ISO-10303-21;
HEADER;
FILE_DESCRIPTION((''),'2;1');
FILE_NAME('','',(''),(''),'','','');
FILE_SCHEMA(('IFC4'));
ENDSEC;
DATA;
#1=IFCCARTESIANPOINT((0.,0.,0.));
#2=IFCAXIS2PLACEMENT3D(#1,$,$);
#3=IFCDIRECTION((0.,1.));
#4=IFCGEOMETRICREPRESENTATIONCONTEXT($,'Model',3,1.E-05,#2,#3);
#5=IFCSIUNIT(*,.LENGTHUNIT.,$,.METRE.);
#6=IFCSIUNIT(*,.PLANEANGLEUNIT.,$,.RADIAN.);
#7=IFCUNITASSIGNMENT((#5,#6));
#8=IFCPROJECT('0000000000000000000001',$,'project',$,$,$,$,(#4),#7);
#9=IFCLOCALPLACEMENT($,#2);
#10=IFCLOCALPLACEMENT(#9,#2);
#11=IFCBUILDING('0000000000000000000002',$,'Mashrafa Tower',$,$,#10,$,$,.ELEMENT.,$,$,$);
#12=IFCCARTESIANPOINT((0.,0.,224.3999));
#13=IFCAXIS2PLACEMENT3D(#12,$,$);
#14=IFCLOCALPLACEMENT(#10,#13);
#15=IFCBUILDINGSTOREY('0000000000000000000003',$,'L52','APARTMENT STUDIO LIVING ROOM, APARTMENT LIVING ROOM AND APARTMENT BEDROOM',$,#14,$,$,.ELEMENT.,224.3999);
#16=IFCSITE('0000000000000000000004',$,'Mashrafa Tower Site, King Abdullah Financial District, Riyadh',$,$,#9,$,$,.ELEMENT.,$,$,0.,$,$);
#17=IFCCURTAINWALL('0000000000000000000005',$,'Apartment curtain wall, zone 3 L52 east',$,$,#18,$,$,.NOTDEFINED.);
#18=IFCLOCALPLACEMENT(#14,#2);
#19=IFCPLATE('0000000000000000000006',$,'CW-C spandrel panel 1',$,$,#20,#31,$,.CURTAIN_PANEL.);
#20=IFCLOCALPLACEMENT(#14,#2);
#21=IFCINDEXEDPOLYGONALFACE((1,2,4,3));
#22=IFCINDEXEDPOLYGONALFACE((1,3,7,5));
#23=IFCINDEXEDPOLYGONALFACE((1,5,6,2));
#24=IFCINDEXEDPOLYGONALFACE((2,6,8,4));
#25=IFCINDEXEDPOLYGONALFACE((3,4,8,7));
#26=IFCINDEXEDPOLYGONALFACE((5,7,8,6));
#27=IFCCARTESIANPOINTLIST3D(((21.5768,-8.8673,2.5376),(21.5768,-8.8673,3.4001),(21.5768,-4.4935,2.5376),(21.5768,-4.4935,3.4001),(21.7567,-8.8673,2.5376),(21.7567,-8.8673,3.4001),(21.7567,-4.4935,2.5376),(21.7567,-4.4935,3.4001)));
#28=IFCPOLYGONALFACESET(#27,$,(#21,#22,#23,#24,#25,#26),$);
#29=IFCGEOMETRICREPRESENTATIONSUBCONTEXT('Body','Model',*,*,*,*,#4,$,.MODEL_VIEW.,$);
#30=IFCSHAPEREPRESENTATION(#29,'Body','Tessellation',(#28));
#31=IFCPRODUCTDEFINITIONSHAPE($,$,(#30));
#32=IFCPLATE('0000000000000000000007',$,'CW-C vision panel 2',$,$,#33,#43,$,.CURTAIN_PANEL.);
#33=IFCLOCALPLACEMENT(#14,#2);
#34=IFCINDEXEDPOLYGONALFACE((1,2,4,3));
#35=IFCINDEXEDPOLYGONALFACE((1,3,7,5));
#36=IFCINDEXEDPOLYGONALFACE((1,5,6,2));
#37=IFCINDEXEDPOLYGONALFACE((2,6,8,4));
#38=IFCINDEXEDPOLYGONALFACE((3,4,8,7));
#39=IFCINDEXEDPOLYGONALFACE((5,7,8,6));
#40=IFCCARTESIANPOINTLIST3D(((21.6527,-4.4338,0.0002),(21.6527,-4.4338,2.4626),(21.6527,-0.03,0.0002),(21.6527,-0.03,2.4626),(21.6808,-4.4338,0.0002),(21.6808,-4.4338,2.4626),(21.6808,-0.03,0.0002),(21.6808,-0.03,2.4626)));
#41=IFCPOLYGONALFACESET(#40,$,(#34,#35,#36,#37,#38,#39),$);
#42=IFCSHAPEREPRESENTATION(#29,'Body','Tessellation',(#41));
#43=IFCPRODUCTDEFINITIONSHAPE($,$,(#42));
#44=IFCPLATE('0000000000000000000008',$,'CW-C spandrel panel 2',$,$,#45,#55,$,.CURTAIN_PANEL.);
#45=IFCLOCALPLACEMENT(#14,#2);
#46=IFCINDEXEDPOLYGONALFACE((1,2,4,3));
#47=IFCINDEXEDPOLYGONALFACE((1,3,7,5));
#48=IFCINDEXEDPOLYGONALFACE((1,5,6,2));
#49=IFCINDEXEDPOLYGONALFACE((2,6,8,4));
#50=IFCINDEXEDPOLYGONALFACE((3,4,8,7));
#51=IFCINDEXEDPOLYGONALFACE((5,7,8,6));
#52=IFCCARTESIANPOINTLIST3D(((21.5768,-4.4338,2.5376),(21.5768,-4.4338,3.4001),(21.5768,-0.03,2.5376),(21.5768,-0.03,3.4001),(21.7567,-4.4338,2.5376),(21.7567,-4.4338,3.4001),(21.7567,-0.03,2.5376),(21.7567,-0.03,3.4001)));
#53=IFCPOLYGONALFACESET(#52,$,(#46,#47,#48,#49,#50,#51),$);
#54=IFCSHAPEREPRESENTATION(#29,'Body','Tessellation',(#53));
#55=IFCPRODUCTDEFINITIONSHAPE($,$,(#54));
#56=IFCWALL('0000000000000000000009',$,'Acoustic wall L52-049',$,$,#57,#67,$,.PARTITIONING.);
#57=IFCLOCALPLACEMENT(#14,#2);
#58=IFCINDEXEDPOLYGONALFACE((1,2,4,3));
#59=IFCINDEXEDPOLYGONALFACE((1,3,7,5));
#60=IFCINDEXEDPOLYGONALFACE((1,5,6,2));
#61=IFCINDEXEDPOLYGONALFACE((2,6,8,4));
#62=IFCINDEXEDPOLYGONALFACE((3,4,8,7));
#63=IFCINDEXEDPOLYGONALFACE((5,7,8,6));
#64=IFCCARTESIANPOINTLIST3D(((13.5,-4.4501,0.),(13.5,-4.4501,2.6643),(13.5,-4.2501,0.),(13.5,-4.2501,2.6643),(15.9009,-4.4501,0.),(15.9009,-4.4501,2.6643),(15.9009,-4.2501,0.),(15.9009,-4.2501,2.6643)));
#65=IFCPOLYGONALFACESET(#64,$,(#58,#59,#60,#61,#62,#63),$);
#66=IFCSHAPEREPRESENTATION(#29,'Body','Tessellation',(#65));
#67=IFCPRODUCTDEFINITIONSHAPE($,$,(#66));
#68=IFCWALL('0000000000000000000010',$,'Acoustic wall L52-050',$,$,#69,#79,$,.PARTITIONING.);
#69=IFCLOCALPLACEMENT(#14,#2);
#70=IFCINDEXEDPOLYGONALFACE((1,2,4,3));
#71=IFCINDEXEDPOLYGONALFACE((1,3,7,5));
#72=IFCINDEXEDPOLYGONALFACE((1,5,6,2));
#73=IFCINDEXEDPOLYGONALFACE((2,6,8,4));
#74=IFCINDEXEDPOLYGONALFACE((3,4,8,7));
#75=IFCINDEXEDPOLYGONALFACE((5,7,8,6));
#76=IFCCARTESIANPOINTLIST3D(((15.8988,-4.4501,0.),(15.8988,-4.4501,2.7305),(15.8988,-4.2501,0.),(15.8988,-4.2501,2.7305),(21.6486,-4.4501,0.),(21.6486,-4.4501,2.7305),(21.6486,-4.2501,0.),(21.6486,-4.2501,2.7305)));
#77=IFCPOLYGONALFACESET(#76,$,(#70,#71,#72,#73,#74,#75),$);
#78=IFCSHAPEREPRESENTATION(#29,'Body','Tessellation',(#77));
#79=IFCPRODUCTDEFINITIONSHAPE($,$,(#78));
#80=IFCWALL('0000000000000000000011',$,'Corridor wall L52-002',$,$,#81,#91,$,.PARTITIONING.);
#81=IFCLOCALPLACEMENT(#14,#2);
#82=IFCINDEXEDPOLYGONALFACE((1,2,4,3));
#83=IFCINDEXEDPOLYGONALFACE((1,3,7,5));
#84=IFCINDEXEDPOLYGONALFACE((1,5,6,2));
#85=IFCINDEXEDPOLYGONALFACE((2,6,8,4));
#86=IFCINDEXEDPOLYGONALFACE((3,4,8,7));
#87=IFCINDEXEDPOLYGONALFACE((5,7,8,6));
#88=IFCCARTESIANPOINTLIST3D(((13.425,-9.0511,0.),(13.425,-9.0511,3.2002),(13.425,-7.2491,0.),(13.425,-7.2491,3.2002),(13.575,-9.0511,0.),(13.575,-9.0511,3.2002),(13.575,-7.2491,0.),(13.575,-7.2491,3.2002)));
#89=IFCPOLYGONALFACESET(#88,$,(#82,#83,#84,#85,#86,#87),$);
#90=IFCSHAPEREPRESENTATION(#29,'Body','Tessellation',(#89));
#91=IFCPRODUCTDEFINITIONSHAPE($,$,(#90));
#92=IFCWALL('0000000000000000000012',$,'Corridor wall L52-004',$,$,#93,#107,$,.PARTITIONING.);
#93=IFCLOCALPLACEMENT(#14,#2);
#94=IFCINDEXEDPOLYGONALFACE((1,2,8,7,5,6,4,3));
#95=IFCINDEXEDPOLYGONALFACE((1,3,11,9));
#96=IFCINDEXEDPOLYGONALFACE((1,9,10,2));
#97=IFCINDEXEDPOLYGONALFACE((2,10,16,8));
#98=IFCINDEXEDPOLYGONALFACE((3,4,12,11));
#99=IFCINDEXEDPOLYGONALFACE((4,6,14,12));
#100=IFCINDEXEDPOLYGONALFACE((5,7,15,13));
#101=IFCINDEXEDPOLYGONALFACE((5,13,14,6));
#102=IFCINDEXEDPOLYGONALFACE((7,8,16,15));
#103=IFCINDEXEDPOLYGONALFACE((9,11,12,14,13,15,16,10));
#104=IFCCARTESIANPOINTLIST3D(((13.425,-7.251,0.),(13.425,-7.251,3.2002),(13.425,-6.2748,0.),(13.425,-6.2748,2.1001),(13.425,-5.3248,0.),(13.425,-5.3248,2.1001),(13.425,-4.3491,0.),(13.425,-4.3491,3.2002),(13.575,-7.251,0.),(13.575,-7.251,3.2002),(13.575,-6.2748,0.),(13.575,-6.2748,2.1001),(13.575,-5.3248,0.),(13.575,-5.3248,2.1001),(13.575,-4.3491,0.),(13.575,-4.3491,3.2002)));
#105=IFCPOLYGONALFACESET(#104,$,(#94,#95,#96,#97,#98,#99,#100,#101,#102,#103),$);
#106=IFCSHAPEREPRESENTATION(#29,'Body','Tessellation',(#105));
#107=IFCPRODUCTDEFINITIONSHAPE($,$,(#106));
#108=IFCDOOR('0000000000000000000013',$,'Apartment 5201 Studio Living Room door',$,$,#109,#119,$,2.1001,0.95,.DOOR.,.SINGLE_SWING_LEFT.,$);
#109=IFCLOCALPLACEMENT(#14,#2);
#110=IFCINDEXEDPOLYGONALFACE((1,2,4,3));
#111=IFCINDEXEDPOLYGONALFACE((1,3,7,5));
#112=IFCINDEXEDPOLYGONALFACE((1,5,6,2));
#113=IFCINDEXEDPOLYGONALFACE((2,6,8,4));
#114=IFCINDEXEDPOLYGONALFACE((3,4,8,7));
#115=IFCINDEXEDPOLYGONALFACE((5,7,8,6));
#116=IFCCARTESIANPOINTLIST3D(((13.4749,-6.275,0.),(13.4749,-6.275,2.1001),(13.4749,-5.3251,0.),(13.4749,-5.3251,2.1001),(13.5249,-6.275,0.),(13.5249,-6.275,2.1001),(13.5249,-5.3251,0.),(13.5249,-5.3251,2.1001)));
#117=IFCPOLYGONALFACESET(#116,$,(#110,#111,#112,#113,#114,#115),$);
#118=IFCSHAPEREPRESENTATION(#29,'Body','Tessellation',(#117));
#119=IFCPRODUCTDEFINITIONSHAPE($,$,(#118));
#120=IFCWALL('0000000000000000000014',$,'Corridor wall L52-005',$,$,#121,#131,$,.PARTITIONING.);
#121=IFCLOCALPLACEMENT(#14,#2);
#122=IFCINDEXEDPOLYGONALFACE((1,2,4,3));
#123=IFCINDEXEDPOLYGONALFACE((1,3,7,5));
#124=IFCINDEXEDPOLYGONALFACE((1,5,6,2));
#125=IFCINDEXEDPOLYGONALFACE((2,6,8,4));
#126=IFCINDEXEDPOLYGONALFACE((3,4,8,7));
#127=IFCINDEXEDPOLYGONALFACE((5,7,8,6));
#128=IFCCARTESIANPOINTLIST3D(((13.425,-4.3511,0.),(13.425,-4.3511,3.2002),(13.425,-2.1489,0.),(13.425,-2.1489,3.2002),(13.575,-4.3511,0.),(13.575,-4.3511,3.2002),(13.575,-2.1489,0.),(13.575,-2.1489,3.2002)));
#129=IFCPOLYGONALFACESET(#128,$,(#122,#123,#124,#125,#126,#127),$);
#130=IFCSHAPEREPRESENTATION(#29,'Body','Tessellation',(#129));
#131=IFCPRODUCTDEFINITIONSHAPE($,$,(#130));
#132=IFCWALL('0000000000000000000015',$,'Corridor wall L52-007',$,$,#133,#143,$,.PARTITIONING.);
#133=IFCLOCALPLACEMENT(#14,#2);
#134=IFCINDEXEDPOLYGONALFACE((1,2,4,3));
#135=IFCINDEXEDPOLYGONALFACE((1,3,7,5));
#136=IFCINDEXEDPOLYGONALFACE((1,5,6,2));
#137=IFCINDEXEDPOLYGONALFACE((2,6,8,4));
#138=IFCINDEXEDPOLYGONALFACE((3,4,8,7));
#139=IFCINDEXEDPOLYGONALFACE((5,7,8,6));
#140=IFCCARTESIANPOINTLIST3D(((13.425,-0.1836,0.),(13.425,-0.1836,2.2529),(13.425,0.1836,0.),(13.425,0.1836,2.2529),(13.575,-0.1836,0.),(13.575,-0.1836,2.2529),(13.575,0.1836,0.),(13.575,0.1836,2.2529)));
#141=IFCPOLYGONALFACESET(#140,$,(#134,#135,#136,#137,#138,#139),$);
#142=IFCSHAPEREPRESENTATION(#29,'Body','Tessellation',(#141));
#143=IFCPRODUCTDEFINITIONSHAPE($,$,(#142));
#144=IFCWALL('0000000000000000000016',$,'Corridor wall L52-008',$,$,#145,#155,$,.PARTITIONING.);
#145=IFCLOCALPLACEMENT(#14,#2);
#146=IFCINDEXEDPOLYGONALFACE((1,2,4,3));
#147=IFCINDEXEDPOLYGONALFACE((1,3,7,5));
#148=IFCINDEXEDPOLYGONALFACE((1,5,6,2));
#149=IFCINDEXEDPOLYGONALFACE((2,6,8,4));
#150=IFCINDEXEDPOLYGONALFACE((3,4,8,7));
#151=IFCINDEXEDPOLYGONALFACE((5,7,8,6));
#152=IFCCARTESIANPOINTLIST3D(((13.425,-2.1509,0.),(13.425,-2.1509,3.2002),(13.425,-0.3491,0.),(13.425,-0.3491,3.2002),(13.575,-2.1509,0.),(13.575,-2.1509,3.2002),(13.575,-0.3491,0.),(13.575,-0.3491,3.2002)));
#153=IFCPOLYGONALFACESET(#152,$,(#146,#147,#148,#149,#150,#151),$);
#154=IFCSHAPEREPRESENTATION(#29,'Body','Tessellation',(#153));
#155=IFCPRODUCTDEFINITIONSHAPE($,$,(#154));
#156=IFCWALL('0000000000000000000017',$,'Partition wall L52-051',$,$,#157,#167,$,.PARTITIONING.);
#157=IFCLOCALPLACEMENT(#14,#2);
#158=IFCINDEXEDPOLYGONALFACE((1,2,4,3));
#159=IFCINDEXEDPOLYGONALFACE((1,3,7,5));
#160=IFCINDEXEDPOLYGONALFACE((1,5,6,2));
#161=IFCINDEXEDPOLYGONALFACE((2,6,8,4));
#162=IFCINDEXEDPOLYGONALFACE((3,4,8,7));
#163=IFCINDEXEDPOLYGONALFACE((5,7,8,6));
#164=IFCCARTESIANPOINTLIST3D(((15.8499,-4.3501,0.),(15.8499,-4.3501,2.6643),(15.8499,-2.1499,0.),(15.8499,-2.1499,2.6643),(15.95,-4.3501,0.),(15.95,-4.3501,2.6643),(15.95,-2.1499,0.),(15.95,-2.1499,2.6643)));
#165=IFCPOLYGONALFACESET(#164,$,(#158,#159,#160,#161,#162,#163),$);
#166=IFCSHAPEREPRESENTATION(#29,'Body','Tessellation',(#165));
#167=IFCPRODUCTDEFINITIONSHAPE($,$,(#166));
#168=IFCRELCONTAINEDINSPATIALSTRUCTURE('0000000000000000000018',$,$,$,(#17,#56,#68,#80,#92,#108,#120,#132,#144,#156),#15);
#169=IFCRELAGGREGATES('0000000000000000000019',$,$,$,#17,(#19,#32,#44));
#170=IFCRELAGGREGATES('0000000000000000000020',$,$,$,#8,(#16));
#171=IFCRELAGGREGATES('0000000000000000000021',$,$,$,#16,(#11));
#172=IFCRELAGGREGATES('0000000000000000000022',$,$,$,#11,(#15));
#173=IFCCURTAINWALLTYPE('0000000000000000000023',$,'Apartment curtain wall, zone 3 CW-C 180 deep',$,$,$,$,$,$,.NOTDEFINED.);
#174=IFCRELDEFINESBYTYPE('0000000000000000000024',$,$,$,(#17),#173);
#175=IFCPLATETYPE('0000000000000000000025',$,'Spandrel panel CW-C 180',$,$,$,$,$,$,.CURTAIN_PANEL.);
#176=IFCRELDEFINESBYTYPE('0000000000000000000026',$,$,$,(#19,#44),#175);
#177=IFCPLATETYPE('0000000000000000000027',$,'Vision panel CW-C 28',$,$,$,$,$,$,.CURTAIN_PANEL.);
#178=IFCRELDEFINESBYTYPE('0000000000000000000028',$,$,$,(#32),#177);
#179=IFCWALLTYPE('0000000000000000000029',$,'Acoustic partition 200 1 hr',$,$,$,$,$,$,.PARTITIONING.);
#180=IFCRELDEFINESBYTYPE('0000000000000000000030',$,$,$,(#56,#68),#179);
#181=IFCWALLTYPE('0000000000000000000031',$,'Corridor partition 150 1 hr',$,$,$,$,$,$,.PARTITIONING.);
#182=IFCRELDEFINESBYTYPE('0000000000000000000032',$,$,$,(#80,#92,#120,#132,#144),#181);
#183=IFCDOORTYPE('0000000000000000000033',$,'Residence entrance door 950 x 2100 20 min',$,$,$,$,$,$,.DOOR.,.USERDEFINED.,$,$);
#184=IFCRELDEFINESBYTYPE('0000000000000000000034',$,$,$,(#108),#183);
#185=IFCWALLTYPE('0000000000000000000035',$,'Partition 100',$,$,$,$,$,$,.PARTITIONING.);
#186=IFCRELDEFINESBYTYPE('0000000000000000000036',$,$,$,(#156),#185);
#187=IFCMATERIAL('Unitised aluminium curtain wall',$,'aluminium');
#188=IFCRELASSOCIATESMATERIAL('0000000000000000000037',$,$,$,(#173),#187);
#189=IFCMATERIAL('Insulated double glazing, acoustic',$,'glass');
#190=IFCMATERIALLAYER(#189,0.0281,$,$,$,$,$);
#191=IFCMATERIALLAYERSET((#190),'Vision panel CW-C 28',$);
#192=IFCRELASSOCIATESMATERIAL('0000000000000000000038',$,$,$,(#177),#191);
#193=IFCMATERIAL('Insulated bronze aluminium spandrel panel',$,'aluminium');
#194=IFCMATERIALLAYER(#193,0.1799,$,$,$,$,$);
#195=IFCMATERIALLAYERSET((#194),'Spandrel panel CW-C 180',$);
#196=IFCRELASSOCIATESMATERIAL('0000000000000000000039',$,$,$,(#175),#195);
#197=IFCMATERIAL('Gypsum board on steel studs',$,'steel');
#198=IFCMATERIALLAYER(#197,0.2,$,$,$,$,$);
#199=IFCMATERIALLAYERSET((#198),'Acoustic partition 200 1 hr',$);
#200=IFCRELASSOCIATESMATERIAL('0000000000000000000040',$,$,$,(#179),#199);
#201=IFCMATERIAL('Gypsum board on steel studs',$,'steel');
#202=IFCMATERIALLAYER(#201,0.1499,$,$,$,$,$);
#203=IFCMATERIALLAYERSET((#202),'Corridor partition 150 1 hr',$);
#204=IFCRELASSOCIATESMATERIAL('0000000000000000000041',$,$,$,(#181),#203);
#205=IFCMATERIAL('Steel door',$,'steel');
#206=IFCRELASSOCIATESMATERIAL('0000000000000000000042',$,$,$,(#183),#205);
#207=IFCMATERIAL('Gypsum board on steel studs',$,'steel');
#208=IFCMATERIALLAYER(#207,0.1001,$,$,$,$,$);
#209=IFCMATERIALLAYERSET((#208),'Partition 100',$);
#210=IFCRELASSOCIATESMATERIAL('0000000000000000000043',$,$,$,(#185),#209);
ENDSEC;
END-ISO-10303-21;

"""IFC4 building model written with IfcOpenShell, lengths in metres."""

from ifc_helpers import new_model, si_unit, direction, frame, frame_2d, origin, origin_2d, place, context, subcontext, project, spatial, rectangle, extrude, source, transform, mapped, material, layer, layer_set, type_object, type_shapes, element, fill, aggregate, save


model = new_model("IFC4")

# Units and contexts
model_context = context("Model", 3, precision=1e-05, world=origin(), true_north=direction((0.0, 1.0)))
body_context = subcontext(model_context, "Body", "Model", "MODEL_VIEW")
ifc_project = project(units=[si_unit("LENGTHUNIT", "METRE"), si_unit("PLANEANGLEUNIT", "RADIAN")], contexts=[model_context])

# Site, building, storey
site_placement = place(None, origin())
site = spatial("IfcSite", under=ifc_project, at=site_placement, Name="Mashrafa Tower Site, King Abdullah Financial District, Riyadh", CompositionType="ELEMENT", RefElevation=0.0)
building_placement = place(site_placement, origin())
building = spatial("IfcBuilding", under=site, at=building_placement, Name="Mashrafa Tower", CompositionType="ELEMENT")
storey_placement = place(building_placement, frame((0.0, 0.0, 224.3999)))
storey = spatial("IfcBuildingStorey", under=building, at=storey_placement, Name="L52", Description="APARTMENT STUDIO LIVING ROOM, APARTMENT LIVING ROOM AND APARTMENT BEDROOM", CompositionType="ELEMENT", Elevation=224.3999)

# Curtain wall
ifc_material_1 = material(Name="Unitised aluminium curtain wall", Category="aluminium")
curtain_wall_type = type_object("IfcCurtainWallType", Name="Apartment curtain wall, zone 3 CW-C 180 deep", PredefinedType="NOTDEFINED", material=ifc_material_1)
curtain_wall_1_placement = place(storey_placement, origin())
curtain_wall_1 = element("IfcCurtainWall", 1, at=curtain_wall_1_placement, inside=storey, type_object=curtain_wall_type, Name="Apartment curtain wall, zone 3 L52 east", PredefinedType="NOTDEFINED")

# Plates
ifc_material_2 = material(Name="Insulated double glazing, acoustic", Category="glass")
ifc_layer_1 = layer(ifc_material_2, 0.0281)
ifc_layer_set_1 = layer_set([ifc_layer_1], Name="Vision panel CW-C 28")
plate_type_1 = type_object("IfcPlateType", Name="Vision panel CW-C 28", PredefinedType="CURTAIN_PANEL", material=ifc_layer_set_1)
ifc_material_3 = material(Name="Insulated bronze aluminium spandrel panel", Category="aluminium")
ifc_layer_2 = layer(ifc_material_3, 0.1799)
ifc_layer_set_2 = layer_set([ifc_layer_2], Name="Spandrel panel CW-C 180")
plate_type_2 = type_object("IfcPlateType", Name="Spandrel panel CW-C 180", PredefinedType="CURTAIN_PANEL", material=ifc_layer_set_2)
shared_shape_1 = source(origin(), body_context, "Body", "SweptSolid", [
    extrude(rectangle(XDim=4.3738, YDim=0.1799, at=origin_2d()), origin(), (0.0, 0.0, 1.0), 0.8625),
])
plate_1_placement = place(storey_placement, frame((21.6667, -6.6804, 2.5376), z_axis=(0.0, 0.0, 1.0), x_axis=(0.0, 1.0, 0.0)))
plate_1 = element("IfcPlate", 2, at=plate_1_placement, type_object=plate_type_2, Name="CW-C spandrel panel 1", PredefinedType="CURTAIN_PANEL", context=body_context, shape_type="MappedRepresentation", body=[
    mapped(shared_shape_1, transform((0.0, 0.0, 0.0))),
])
shared_shape_2 = source(origin(), body_context, "Body", "SweptSolid", [
    extrude(rectangle(XDim=4.4038, YDim=0.0281, at=origin_2d()), origin(), (0.0, 0.0, 1.0), 2.4624),
])
plate_2_placement = place(storey_placement, frame((21.6667, -2.2319, 0.0002), z_axis=(0.0, 0.0, 1.0), x_axis=(0.0, 1.0, 0.0)))
plate_2 = element("IfcPlate", 3, at=plate_2_placement, type_object=plate_type_1, Name="CW-C vision panel 2", PredefinedType="CURTAIN_PANEL", context=body_context, shape_type="MappedRepresentation", body=[
    mapped(shared_shape_2, transform((0.0, 0.0, 0.0))),
])
shared_shape_3 = source(origin(), body_context, "Body", "SweptSolid", [
    extrude(rectangle(XDim=4.4038, YDim=0.1799, at=origin_2d()), origin(), (0.0, 0.0, 1.0), 0.8625),
])
type_shapes(plate_type_2, [shared_shape_1, shared_shape_3])
plate_3_placement = place(storey_placement, frame((21.6667, -2.2319, 2.5376), z_axis=(0.0, 0.0, 1.0), x_axis=(0.0, 1.0, 0.0)))
plate_3 = element("IfcPlate", 4, at=plate_3_placement, type_object=plate_type_2, Name="CW-C spandrel panel 2", PredefinedType="CURTAIN_PANEL", context=body_context, shape_type="MappedRepresentation", body=[
    mapped(shared_shape_3, transform((0.0, 0.0, 0.0))),
])
aggregate(curtain_wall_1, [plate_1, plate_2, plate_3])

# Walls
ifc_material_4 = material(Name="Gypsum board on steel studs", Category="steel")
ifc_layer_3 = layer(ifc_material_4, 0.2)
ifc_layer_set_3 = layer_set([ifc_layer_3], Name="Acoustic partition 200 1 hr")
wall_type_1 = type_object("IfcWallType", Name="Acoustic partition 200 1 hr", PredefinedType="PARTITIONING", material=ifc_layer_set_3)
wall_1_placement = place(storey_placement, frame((15.9009, -4.3501, 0.0), z_axis=(0.0, 0.0, 1.0), x_axis=(-1.0, 0.0, 0.0)))
element("IfcWall", 5, at=wall_1_placement, inside=storey, type_object=wall_type_1, Name="Acoustic wall L52-049", PredefinedType="PARTITIONING", context=body_context, shape_type="SweptSolid", body=[
    extrude(rectangle(XDim=2.4009, YDim=0.2, at=frame_2d((1.2004, 0.0))), origin(), (0.0, 0.0, 1.0), 2.6643),
])
wall_2_placement = place(storey_placement, frame((21.6487, -4.3501, 0.0), z_axis=(0.0, 0.0, 1.0), x_axis=(-1.0, 0.0, 0.0)))
element("IfcWall", 6, at=wall_2_placement, inside=storey, type_object=wall_type_1, Name="Acoustic wall L52-050", PredefinedType="PARTITIONING", context=body_context, shape_type="SweptSolid", body=[
    extrude(rectangle(XDim=5.7498, YDim=0.2, at=frame_2d((2.875, 0.0))), origin(), (0.0, 0.0, 1.0), 2.7305),
])
ifc_material_5 = material(Name="Gypsum board on steel studs", Category="steel")
ifc_layer_4 = layer(ifc_material_5, 0.1499)
ifc_layer_set_4 = layer_set([ifc_layer_4], Name="Corridor partition 150 1 hr")
wall_type_2 = type_object("IfcWallType", Name="Corridor partition 150 1 hr", PredefinedType="PARTITIONING", material=ifc_layer_set_4)
wall_3_placement = place(storey_placement, frame((13.5, -9.051, 0.0), z_axis=(0.0, 0.0, 1.0), x_axis=(0.0, 1.0, 0.0)))
element("IfcWall", 7, at=wall_3_placement, inside=storey, type_object=wall_type_2, Name="Corridor wall L52-002", PredefinedType="PARTITIONING", context=body_context, shape_type="SweptSolid", body=[
    extrude(rectangle(XDim=1.802, YDim=0.1499, at=frame_2d((0.9009, 0.0))), origin(), (0.0, 0.0, 1.0), 3.2002),
])

# Wall, opening, door
wall_4_placement = place(storey_placement, frame((13.5, -7.251, 0.0), z_axis=(0.0, 0.0, 1.0), x_axis=(0.0, 1.0, 0.0)))
wall_4 = element("IfcWall", 8, at=wall_4_placement, inside=storey, type_object=wall_type_2, Name="Corridor wall L52-004", PredefinedType="PARTITIONING", context=body_context, shape_type="SweptSolid", body=[
    extrude(rectangle(XDim=2.9019, YDim=0.1499, at=frame_2d((1.4509, 0.0))), origin(), (0.0, 0.0, 1.0), 3.2002),
])
opening_1_placement = place(wall_4_placement, frame((0.9761, 0.0, 0.0)))
opening_1 = element("IfcOpeningElement", 9, at=opening_1_placement, cuts=wall_4, PredefinedType="OPENING", context=body_context, shape_type="SweptSolid", body=[
    extrude(rectangle(XDim=0.95, YDim=2.1001, at=frame_2d((0.4751, 1.05))), frame((0.0, 0.085, 0.0), z_axis=(0.0, -1.0, 0.0), x_axis=(1.0, 0.0, 0.0)), (0.0, 0.0, 1.0), 0.1699),
])
ifc_material_6 = material(Name="Steel door", Category="steel")
door_type_1 = type_object("IfcDoorType", Name="Residence entrance door 950 x 2100 20 min", OperationType="USERDEFINED", PredefinedType="DOOR", material=ifc_material_6)
door_1_placement = place(opening_1_placement, frame((0.95, 0.0, 0.0), z_axis=(0.0, 0.0, 1.0), x_axis=(-1.0, 0.0, 0.0)))
door_1 = element("IfcDoor", 10, at=door_1_placement, inside=storey, type_object=door_type_1, Name="Apartment 5201 Studio Living Room door", OperationType="SINGLE_SWING_LEFT", OverallHeight=2.1001, OverallWidth=0.95, PredefinedType="DOOR", context=body_context, shape_type="SweptSolid", body=[
    extrude(rectangle(XDim=0.95, YDim=2.1001, at=frame_2d((0.4751, 1.05))), frame((0.0, 0.0249, 0.0), z_axis=(0.0, -1.0, 0.0), x_axis=(1.0, 0.0, 0.0)), (0.0, 0.0, 1.0), 0.05),
])
fill(opening_1, door_1)

# Walls
wall_5_placement = place(storey_placement, frame((13.5, -4.3511, 0.0), z_axis=(0.0, 0.0, 1.0), x_axis=(0.0, 1.0, 0.0)))
element("IfcWall", 11, at=wall_5_placement, inside=storey, type_object=wall_type_2, Name="Corridor wall L52-005", PredefinedType="PARTITIONING", context=body_context, shape_type="SweptSolid", body=[
    extrude(rectangle(XDim=2.2021, YDim=0.1499, at=frame_2d((1.1011, 0.0))), origin(), (0.0, 0.0, 1.0), 3.2002),
])
wall_6_placement = place(storey_placement, frame((13.5, -0.1836, 0.0), z_axis=(0.0, 0.0, 1.0), x_axis=(0.0, 1.0, 0.0)))
element("IfcWall", 12, at=wall_6_placement, inside=storey, type_object=wall_type_2, Name="Corridor wall L52-007", PredefinedType="PARTITIONING", context=body_context, shape_type="SweptSolid", body=[
    extrude(rectangle(XDim=0.3672, YDim=0.1499, at=frame_2d((0.1836, 0.0))), origin(), (0.0, 0.0, 1.0), 2.2529),
])
wall_7_placement = place(storey_placement, frame((13.5, -2.1509, 0.0), z_axis=(0.0, 0.0, 1.0), x_axis=(0.0, 1.0, 0.0)))
element("IfcWall", 13, at=wall_7_placement, inside=storey, type_object=wall_type_2, Name="Corridor wall L52-008", PredefinedType="PARTITIONING", context=body_context, shape_type="SweptSolid", body=[
    extrude(rectangle(XDim=1.8018, YDim=0.1499, at=frame_2d((0.9009, 0.0))), origin(), (0.0, 0.0, 1.0), 3.2002),
])
ifc_material_7 = material(Name="Gypsum board on steel studs", Category="steel")
ifc_layer_5 = layer(ifc_material_7, 0.1001)
ifc_layer_set_5 = layer_set([ifc_layer_5], Name="Partition 100")
wall_type_3 = type_object("IfcWallType", Name="Partition 100", PredefinedType="PARTITIONING", material=ifc_layer_set_5)
wall_8_placement = place(storey_placement, frame((15.8999, -4.3501, 0.0), z_axis=(0.0, 0.0, 1.0), x_axis=(0.0, 1.0, 0.0)))
element("IfcWall", 14, at=wall_8_placement, inside=storey, type_object=wall_type_3, Name="Partition wall L52-051", PredefinedType="PARTITIONING", context=body_context, shape_type="SweptSolid", body=[
    extrude(rectangle(XDim=2.2002, YDim=0.1001, at=frame_2d((1.1001, 0.0))), origin(), (0.0, 0.0, 1.0), 2.6643),
])

save(model, "model.ifc")
